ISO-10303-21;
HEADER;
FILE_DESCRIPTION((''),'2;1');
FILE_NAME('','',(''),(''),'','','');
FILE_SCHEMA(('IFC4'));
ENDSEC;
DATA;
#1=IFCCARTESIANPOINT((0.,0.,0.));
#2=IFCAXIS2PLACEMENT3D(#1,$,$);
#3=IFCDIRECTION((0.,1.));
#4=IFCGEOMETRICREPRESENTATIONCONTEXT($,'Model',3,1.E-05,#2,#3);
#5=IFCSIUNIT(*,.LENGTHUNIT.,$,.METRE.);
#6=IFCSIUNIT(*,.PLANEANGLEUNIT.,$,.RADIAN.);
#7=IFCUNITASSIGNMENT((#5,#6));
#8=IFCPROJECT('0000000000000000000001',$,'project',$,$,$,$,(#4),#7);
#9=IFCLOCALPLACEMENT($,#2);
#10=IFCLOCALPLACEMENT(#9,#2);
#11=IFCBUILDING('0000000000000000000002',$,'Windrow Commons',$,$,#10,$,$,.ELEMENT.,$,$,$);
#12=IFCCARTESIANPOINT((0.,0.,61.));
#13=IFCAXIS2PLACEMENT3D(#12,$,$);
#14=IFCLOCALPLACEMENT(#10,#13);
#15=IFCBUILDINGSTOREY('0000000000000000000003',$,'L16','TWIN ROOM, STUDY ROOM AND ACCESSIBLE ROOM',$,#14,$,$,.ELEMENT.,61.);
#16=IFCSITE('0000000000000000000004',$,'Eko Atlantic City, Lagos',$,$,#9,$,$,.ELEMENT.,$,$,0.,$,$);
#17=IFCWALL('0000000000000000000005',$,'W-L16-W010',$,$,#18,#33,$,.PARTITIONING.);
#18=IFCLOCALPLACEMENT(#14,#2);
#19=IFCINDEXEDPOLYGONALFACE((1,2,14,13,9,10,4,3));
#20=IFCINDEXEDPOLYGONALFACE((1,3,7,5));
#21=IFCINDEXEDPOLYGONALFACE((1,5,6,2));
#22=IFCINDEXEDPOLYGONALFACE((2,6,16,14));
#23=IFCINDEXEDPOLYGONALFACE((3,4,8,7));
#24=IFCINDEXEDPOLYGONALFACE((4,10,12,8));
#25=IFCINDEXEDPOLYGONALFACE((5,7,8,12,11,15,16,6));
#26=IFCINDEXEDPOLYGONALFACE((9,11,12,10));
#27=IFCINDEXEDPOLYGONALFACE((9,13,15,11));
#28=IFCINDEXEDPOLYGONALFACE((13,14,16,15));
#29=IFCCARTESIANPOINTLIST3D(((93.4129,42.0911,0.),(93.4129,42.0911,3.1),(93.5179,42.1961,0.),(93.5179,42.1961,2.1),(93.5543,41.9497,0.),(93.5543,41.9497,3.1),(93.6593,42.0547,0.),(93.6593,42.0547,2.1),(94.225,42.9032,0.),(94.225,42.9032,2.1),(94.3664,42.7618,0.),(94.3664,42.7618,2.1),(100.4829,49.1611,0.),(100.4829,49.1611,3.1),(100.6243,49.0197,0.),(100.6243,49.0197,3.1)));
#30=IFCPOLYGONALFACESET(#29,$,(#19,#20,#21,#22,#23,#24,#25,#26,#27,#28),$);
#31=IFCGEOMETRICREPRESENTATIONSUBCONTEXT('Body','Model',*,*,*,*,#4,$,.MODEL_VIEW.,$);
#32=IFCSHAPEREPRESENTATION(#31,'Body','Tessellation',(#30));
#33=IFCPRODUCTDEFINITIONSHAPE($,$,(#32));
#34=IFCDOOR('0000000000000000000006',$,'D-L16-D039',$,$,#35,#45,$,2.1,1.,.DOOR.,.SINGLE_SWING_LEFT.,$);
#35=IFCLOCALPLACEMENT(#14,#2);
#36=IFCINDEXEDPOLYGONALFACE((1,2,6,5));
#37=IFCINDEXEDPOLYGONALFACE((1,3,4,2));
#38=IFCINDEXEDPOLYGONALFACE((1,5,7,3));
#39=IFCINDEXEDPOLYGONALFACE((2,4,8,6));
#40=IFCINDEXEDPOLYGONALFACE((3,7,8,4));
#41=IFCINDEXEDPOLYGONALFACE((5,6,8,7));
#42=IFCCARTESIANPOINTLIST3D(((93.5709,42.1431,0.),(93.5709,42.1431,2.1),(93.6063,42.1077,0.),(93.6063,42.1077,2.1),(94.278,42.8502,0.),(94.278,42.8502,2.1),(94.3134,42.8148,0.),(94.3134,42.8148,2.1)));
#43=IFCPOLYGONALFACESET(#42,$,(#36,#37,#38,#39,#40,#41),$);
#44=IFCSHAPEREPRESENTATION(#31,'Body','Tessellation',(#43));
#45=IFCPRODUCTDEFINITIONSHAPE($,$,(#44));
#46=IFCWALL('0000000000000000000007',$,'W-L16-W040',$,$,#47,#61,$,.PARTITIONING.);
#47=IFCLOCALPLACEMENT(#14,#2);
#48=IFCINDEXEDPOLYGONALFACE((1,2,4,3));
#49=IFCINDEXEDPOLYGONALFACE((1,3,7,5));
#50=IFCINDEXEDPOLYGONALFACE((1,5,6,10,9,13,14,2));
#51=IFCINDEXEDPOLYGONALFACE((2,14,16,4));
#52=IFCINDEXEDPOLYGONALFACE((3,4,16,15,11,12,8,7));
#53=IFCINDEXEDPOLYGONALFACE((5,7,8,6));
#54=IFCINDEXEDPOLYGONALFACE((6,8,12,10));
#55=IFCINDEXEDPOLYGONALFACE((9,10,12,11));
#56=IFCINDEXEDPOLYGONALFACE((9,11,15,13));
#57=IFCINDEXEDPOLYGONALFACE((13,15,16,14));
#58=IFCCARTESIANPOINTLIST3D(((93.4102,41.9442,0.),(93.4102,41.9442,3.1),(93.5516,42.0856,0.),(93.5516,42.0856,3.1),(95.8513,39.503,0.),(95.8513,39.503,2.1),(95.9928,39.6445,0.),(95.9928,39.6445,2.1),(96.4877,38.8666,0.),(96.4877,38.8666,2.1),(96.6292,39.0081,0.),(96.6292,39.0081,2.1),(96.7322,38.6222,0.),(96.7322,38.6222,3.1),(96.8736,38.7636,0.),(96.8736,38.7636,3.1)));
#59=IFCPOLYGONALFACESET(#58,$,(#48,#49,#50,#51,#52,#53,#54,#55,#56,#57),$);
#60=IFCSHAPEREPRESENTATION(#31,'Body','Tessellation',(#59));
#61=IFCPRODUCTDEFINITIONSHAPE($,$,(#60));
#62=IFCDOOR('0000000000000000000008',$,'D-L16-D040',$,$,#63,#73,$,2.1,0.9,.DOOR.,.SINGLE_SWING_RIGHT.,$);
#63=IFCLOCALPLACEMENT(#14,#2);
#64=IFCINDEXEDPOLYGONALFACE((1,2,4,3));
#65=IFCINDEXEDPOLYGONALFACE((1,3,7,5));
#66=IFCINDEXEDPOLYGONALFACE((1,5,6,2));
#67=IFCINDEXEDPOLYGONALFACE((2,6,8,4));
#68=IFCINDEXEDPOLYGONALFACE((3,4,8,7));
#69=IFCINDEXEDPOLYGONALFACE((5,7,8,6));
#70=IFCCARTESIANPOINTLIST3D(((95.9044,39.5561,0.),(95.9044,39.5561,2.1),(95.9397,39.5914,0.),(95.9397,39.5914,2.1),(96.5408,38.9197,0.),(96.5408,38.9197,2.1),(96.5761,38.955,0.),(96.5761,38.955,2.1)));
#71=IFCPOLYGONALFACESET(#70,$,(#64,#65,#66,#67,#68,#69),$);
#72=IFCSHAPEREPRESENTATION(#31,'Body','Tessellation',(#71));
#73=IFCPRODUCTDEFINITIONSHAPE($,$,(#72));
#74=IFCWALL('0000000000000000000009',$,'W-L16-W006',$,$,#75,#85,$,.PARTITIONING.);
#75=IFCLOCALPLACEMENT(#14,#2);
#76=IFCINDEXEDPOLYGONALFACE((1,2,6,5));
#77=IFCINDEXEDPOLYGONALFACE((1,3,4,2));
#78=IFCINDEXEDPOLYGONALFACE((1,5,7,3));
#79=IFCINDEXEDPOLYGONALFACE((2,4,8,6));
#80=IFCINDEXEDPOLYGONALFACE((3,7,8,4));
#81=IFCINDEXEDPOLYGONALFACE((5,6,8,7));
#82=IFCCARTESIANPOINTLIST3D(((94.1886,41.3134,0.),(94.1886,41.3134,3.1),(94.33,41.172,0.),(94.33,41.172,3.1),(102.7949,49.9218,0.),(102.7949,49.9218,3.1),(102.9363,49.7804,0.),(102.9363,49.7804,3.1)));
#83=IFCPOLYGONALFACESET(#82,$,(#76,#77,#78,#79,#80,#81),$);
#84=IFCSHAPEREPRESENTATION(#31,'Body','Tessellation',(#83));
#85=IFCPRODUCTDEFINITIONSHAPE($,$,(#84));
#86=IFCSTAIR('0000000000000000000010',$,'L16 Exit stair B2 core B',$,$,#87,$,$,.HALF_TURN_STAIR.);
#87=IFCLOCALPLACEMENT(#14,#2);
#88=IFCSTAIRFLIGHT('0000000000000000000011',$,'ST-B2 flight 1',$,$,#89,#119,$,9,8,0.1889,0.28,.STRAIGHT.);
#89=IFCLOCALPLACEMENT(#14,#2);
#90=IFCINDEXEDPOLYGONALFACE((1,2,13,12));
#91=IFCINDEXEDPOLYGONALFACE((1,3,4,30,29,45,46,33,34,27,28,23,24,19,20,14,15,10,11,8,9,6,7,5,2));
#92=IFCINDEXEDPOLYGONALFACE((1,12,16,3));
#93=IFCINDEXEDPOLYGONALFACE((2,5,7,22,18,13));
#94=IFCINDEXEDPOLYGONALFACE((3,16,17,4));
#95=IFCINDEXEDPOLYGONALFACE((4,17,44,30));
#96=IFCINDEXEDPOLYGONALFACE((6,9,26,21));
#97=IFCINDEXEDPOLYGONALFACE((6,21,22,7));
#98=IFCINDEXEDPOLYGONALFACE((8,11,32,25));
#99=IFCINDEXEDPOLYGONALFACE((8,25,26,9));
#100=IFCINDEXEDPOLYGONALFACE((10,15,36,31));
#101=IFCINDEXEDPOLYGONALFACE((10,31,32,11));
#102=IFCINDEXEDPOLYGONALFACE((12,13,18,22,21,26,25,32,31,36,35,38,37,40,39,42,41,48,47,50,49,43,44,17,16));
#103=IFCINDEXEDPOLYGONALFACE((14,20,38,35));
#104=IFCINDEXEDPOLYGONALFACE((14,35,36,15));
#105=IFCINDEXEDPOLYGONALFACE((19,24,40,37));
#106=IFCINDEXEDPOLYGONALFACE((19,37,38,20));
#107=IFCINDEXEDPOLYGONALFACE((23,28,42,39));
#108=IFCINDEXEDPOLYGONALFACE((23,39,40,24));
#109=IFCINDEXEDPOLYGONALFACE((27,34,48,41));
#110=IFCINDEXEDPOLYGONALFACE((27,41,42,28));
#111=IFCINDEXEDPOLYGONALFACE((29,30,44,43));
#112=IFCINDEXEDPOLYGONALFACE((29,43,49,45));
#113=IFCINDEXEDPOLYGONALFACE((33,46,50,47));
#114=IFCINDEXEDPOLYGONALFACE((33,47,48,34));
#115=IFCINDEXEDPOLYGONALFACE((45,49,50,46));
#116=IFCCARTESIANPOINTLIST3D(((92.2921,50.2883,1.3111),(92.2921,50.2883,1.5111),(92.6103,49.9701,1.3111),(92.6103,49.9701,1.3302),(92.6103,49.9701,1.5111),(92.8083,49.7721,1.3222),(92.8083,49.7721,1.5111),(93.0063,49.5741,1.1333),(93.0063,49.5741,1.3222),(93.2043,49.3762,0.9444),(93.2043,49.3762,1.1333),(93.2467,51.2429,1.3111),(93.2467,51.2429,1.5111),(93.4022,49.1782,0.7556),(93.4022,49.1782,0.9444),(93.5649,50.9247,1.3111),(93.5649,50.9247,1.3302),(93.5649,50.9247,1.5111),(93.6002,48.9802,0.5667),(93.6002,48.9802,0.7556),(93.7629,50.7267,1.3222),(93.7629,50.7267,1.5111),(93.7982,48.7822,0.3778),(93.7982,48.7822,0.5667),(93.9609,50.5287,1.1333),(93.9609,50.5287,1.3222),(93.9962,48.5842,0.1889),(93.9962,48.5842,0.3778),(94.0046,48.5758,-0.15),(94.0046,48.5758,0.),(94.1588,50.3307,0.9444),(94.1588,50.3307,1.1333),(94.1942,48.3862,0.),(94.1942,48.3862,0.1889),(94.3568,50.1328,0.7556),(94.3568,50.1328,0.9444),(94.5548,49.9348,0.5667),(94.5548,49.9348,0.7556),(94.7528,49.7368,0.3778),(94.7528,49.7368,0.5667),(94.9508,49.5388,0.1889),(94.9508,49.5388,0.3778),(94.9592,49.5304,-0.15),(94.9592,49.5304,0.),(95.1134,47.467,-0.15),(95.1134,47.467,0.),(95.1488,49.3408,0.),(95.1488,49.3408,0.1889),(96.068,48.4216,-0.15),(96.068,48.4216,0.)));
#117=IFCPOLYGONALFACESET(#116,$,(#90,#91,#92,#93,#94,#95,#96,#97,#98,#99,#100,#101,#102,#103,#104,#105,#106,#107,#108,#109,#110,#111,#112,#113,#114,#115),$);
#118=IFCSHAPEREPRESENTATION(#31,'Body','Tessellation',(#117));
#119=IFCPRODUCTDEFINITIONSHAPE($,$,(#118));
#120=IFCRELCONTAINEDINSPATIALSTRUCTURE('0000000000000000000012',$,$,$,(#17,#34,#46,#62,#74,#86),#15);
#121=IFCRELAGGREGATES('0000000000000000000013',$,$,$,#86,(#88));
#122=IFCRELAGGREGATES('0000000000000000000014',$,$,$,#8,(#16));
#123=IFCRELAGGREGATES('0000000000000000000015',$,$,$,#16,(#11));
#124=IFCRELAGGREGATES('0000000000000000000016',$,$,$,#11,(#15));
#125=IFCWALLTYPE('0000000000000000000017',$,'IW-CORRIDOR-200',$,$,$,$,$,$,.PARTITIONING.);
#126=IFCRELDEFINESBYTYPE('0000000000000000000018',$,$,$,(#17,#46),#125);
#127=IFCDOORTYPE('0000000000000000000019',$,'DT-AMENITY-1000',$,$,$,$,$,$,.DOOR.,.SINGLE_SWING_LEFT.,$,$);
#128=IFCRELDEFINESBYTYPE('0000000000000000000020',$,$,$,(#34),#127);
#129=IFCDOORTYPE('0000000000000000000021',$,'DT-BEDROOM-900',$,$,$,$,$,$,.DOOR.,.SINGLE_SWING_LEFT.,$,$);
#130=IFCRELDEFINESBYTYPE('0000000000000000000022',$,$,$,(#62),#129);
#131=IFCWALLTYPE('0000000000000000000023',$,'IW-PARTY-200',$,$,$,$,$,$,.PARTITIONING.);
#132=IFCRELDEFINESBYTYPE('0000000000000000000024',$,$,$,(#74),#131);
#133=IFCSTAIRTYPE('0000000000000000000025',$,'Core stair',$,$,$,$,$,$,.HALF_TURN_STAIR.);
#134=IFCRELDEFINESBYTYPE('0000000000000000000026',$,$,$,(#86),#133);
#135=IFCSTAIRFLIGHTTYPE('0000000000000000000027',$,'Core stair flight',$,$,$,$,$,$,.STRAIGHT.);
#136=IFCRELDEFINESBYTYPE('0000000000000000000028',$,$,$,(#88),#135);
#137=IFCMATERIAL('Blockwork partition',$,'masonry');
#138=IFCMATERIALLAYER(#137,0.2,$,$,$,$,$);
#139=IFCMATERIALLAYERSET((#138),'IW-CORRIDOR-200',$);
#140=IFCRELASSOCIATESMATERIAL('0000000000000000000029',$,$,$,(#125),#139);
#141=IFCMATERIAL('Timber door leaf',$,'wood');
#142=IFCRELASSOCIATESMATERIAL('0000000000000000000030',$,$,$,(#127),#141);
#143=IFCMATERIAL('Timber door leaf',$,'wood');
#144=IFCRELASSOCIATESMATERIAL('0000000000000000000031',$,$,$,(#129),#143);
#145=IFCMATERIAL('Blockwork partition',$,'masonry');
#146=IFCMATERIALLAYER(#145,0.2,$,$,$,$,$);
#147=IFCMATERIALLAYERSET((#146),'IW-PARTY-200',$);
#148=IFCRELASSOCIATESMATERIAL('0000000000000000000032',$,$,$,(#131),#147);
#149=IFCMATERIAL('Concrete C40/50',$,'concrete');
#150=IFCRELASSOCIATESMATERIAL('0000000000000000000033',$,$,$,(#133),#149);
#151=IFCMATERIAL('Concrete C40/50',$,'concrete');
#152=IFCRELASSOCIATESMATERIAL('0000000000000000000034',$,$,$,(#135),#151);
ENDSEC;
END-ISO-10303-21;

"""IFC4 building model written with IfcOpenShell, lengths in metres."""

from ifc_helpers import new_model, si_unit, direction, frame, frame_2d, origin, place, context, subcontext, project, spatial, polyline, rectangle, outline, extrude, material, layer, layer_set, type_object, element, fill, aggregate, save


model = new_model("IFC4")

# Units and contexts
model_context = context("Model", 3, precision=1e-05, world=origin(), true_north=direction((0.0, 1.0)))
body_context = subcontext(model_context, "Body", "Model", "MODEL_VIEW")
ifc_project = project(units=[si_unit("LENGTHUNIT", "METRE"), si_unit("PLANEANGLEUNIT", "RADIAN")], contexts=[model_context])

# Site, building, storey
site_placement = place(None, origin())
site = spatial("IfcSite", under=ifc_project, at=site_placement, Name="Eko Atlantic City, Lagos", CompositionType="ELEMENT", RefElevation=0.0)
building_placement = place(site_placement, origin())
building = spatial("IfcBuilding", under=site, at=building_placement, Name="Windrow Commons", CompositionType="ELEMENT")
storey_placement = place(building_placement, frame((0.0, 0.0, 61.0)))
storey = spatial("IfcBuildingStorey", under=building, at=storey_placement, Name="L16", Description="TWIN ROOM, STUDY ROOM AND ACCESSIBLE ROOM", CompositionType="ELEMENT", Elevation=61.0)

# Walls, openings, doors
ifc_material_1 = material(Name="Blockwork partition", Category="masonry")
ifc_layer_1 = layer(ifc_material_1, 0.2)
ifc_layer_set_1 = layer_set([ifc_layer_1], Name="IW-CORRIDOR-200")
wall_type_1 = type_object("IfcWallType", Name="IW-CORRIDOR-200", PredefinedType="PARTITIONING", material=ifc_layer_set_1)
wall_1_placement = place(storey_placement, frame((93.4836, 42.0204, 0.0), z_axis=(0.0, 0.0, 1.0), x_axis=(0.707107, 0.707107, 0.0)))
wall_1 = element("IfcWall", 1, at=wall_1_placement, inside=storey, type_object=wall_type_1, Name="W-L16-W010", PredefinedType="PARTITIONING", context=body_context, shape_type="SweptSolid", body=[
    extrude(rectangle(XDim=9.9985, YDim=0.2, at=frame_2d((4.9992, 0.0))), origin(), (0.0, 0.0, 1.0), 3.1),
])
opening_1_placement = place(wall_1_placement, frame((0.1485, 0.0, 0.0)))
opening_1 = element("IfcOpeningElement", 2, at=opening_1_placement, cuts=wall_1, PredefinedType="OPENING", context=body_context, shape_type="SweptSolid", body=[
    extrude(rectangle(XDim=1.0, YDim=2.1, at=frame_2d((0.5, 1.05))), frame((0.0, 0.11, 0.0), z_axis=(0.0, -1.0, 0.0), x_axis=(1.0, 0.0, 0.0)), (0.0, 0.0, 1.0), 0.22),
])
ifc_material_2 = material(Name="Timber door leaf", Category="wood")
door_type_1 = type_object("IfcDoorType", Name="DT-AMENITY-1000", OperationType="SINGLE_SWING_LEFT", PredefinedType="DOOR", material=ifc_material_2)
door_1_placement = place(opening_1_placement, origin())
door_1 = element("IfcDoor", 3, at=door_1_placement, inside=storey, type_object=door_type_1, Name="D-L16-D039", OperationType="SINGLE_SWING_LEFT", OverallHeight=2.1, OverallWidth=1.0, PredefinedType="DOOR", context=body_context, shape_type="SweptSolid", body=[
    extrude(rectangle(XDim=1.0, YDim=2.1, at=frame_2d((0.5, 1.05))), frame((0.0, 0.025, 0.0), z_axis=(0.0, -1.0, 0.0), x_axis=(1.0, 0.0, 0.0)), (0.0, 0.0, 1.0), 0.05),
])
fill(opening_1, door_1)
wall_2_placement = place(storey_placement, frame((93.4809, 42.0149, 0.0), z_axis=(0.0, 0.0, 1.0), x_axis=(0.707107, -0.707107, 0.0)))
wall_2 = element("IfcWall", 4, at=wall_2_placement, inside=storey, type_object=wall_type_1, Name="W-L16-W040", PredefinedType="PARTITIONING", context=body_context, shape_type="SweptSolid", body=[
    extrude(rectangle(XDim=4.698, YDim=0.2, at=frame_2d((2.349, 0.0))), origin(), (0.0, 0.0, 1.0), 3.1),
])
opening_2_placement = place(wall_2_placement, frame((3.4523, 0.0, 0.0)))
opening_2 = element("IfcOpeningElement", 5, at=opening_2_placement, cuts=wall_2, PredefinedType="OPENING", context=body_context, shape_type="SweptSolid", body=[
    extrude(rectangle(XDim=0.9, YDim=2.1, at=frame_2d((0.45, 1.05))), frame((0.0, 0.11, 0.0), z_axis=(0.0, -1.0, 0.0), x_axis=(1.0, 0.0, 0.0)), (0.0, 0.0, 1.0), 0.22),
])
ifc_material_3 = material(Name="Timber door leaf", Category="wood")
door_type_2 = type_object("IfcDoorType", Name="DT-BEDROOM-900", OperationType="SINGLE_SWING_LEFT", PredefinedType="DOOR", material=ifc_material_3)
door_2_placement = place(opening_2_placement, origin())
door_2 = element("IfcDoor", 6, at=door_2_placement, inside=storey, type_object=door_type_2, Name="D-L16-D040", OperationType="SINGLE_SWING_RIGHT", OverallHeight=2.1, OverallWidth=0.9, PredefinedType="DOOR", context=body_context, shape_type="SweptSolid", body=[
    extrude(rectangle(XDim=0.9, YDim=2.1, at=frame_2d((0.45, 1.05))), frame((0.0, 0.025, 0.0), z_axis=(0.0, -1.0, 0.0), x_axis=(1.0, 0.0, 0.0)), (0.0, 0.0, 1.0), 0.05),
])
fill(opening_2, door_2)

# Wall
ifc_material_4 = material(Name="Blockwork partition", Category="masonry")
ifc_layer_2 = layer(ifc_material_4, 0.2)
ifc_layer_set_2 = layer_set([ifc_layer_2], Name="IW-PARTY-200")
wall_type_2 = type_object("IfcWallType", Name="IW-PARTY-200", PredefinedType="PARTITIONING", material=ifc_layer_set_2)
wall_3_placement = place(storey_placement, frame((94.2593, 41.2427, 0.0), z_axis=(0.0, 0.0, 1.0), x_axis=(0.707021, 0.707193, 0.0)))
element("IfcWall", 7, at=wall_3_placement, inside=storey, type_object=wall_type_2, Name="W-L16-W006", PredefinedType="PARTITIONING", context=body_context, shape_type="SweptSolid", body=[
    extrude(rectangle(XDim=12.1726, YDim=0.2, at=frame_2d((6.0863, 0.0))), origin(), (0.0, 0.0, 1.0), 3.1),
])

# Stair, stair flight
ifc_material_5 = material(Name="Concrete C40/50", Category="concrete")
stair_type = type_object("IfcStairType", Name="Core stair", PredefinedType="HALF_TURN_STAIR", material=ifc_material_5)
stair_placement = place(storey_placement, origin())
stair = element("IfcStair", 8, at=stair_placement, inside=storey, type_object=stair_type, Name="L16 Exit stair B2 core B", PredefinedType="HALF_TURN_STAIR")
ifc_material_6 = material(Name="Concrete C40/50", Category="concrete")
stair_flight_type = type_object("IfcStairFlightType", Name="Core stair flight", PredefinedType="STRAIGHT", material=ifc_material_6)
stair_flight_placement = place(storey_placement, frame((94.6715, 48.8635, 0.0), z_axis=(0.0, 0.0, 1.0), x_axis=(-0.707107, 0.707107, 0.0)))
stair_flight = element("IfcStairFlight", 9, at=stair_flight_placement, type_object=stair_flight_type, Name="ST-B2 flight 1", NumberOfRisers=9, NumberOfTreads=8, PredefinedType="STRAIGHT", RiserHeight=0.1889, TreadLength=0.28, context=body_context, shape_type="SweptSolid", body=[
    extrude(outline(polyline([(-1.3, -0.15), (-1.3, 0.0), (0.0, 0.0), (0.0, 0.1889), (0.28, 0.1889), (0.28, 0.3778), (0.56, 0.3778), (0.56, 0.5667), (0.84, 0.5667), (0.84, 0.7556), (1.12, 0.7556), (1.12, 0.9444), (1.4, 0.9444), (1.4, 1.1333), (1.68, 1.1333), (1.68, 1.3222), (1.96, 1.3222), (1.96, 1.5111), (2.24, 1.5111), (2.69, 1.5111), (2.69, 1.3111), (2.24, 1.3111), (2.24, 1.3302), (0.2682, 0.0), (0.2682, -0.15), (-1.3, -0.15)])), frame((0.0, 0.675, 0.0), z_axis=(0.0, -1.0, 0.0), x_axis=(1.0, 0.0, 0.0)), (0.0, 0.0, 1.0), 1.35),
])
aggregate(stair, [stair_flight])

save(model, "model.ifc")
